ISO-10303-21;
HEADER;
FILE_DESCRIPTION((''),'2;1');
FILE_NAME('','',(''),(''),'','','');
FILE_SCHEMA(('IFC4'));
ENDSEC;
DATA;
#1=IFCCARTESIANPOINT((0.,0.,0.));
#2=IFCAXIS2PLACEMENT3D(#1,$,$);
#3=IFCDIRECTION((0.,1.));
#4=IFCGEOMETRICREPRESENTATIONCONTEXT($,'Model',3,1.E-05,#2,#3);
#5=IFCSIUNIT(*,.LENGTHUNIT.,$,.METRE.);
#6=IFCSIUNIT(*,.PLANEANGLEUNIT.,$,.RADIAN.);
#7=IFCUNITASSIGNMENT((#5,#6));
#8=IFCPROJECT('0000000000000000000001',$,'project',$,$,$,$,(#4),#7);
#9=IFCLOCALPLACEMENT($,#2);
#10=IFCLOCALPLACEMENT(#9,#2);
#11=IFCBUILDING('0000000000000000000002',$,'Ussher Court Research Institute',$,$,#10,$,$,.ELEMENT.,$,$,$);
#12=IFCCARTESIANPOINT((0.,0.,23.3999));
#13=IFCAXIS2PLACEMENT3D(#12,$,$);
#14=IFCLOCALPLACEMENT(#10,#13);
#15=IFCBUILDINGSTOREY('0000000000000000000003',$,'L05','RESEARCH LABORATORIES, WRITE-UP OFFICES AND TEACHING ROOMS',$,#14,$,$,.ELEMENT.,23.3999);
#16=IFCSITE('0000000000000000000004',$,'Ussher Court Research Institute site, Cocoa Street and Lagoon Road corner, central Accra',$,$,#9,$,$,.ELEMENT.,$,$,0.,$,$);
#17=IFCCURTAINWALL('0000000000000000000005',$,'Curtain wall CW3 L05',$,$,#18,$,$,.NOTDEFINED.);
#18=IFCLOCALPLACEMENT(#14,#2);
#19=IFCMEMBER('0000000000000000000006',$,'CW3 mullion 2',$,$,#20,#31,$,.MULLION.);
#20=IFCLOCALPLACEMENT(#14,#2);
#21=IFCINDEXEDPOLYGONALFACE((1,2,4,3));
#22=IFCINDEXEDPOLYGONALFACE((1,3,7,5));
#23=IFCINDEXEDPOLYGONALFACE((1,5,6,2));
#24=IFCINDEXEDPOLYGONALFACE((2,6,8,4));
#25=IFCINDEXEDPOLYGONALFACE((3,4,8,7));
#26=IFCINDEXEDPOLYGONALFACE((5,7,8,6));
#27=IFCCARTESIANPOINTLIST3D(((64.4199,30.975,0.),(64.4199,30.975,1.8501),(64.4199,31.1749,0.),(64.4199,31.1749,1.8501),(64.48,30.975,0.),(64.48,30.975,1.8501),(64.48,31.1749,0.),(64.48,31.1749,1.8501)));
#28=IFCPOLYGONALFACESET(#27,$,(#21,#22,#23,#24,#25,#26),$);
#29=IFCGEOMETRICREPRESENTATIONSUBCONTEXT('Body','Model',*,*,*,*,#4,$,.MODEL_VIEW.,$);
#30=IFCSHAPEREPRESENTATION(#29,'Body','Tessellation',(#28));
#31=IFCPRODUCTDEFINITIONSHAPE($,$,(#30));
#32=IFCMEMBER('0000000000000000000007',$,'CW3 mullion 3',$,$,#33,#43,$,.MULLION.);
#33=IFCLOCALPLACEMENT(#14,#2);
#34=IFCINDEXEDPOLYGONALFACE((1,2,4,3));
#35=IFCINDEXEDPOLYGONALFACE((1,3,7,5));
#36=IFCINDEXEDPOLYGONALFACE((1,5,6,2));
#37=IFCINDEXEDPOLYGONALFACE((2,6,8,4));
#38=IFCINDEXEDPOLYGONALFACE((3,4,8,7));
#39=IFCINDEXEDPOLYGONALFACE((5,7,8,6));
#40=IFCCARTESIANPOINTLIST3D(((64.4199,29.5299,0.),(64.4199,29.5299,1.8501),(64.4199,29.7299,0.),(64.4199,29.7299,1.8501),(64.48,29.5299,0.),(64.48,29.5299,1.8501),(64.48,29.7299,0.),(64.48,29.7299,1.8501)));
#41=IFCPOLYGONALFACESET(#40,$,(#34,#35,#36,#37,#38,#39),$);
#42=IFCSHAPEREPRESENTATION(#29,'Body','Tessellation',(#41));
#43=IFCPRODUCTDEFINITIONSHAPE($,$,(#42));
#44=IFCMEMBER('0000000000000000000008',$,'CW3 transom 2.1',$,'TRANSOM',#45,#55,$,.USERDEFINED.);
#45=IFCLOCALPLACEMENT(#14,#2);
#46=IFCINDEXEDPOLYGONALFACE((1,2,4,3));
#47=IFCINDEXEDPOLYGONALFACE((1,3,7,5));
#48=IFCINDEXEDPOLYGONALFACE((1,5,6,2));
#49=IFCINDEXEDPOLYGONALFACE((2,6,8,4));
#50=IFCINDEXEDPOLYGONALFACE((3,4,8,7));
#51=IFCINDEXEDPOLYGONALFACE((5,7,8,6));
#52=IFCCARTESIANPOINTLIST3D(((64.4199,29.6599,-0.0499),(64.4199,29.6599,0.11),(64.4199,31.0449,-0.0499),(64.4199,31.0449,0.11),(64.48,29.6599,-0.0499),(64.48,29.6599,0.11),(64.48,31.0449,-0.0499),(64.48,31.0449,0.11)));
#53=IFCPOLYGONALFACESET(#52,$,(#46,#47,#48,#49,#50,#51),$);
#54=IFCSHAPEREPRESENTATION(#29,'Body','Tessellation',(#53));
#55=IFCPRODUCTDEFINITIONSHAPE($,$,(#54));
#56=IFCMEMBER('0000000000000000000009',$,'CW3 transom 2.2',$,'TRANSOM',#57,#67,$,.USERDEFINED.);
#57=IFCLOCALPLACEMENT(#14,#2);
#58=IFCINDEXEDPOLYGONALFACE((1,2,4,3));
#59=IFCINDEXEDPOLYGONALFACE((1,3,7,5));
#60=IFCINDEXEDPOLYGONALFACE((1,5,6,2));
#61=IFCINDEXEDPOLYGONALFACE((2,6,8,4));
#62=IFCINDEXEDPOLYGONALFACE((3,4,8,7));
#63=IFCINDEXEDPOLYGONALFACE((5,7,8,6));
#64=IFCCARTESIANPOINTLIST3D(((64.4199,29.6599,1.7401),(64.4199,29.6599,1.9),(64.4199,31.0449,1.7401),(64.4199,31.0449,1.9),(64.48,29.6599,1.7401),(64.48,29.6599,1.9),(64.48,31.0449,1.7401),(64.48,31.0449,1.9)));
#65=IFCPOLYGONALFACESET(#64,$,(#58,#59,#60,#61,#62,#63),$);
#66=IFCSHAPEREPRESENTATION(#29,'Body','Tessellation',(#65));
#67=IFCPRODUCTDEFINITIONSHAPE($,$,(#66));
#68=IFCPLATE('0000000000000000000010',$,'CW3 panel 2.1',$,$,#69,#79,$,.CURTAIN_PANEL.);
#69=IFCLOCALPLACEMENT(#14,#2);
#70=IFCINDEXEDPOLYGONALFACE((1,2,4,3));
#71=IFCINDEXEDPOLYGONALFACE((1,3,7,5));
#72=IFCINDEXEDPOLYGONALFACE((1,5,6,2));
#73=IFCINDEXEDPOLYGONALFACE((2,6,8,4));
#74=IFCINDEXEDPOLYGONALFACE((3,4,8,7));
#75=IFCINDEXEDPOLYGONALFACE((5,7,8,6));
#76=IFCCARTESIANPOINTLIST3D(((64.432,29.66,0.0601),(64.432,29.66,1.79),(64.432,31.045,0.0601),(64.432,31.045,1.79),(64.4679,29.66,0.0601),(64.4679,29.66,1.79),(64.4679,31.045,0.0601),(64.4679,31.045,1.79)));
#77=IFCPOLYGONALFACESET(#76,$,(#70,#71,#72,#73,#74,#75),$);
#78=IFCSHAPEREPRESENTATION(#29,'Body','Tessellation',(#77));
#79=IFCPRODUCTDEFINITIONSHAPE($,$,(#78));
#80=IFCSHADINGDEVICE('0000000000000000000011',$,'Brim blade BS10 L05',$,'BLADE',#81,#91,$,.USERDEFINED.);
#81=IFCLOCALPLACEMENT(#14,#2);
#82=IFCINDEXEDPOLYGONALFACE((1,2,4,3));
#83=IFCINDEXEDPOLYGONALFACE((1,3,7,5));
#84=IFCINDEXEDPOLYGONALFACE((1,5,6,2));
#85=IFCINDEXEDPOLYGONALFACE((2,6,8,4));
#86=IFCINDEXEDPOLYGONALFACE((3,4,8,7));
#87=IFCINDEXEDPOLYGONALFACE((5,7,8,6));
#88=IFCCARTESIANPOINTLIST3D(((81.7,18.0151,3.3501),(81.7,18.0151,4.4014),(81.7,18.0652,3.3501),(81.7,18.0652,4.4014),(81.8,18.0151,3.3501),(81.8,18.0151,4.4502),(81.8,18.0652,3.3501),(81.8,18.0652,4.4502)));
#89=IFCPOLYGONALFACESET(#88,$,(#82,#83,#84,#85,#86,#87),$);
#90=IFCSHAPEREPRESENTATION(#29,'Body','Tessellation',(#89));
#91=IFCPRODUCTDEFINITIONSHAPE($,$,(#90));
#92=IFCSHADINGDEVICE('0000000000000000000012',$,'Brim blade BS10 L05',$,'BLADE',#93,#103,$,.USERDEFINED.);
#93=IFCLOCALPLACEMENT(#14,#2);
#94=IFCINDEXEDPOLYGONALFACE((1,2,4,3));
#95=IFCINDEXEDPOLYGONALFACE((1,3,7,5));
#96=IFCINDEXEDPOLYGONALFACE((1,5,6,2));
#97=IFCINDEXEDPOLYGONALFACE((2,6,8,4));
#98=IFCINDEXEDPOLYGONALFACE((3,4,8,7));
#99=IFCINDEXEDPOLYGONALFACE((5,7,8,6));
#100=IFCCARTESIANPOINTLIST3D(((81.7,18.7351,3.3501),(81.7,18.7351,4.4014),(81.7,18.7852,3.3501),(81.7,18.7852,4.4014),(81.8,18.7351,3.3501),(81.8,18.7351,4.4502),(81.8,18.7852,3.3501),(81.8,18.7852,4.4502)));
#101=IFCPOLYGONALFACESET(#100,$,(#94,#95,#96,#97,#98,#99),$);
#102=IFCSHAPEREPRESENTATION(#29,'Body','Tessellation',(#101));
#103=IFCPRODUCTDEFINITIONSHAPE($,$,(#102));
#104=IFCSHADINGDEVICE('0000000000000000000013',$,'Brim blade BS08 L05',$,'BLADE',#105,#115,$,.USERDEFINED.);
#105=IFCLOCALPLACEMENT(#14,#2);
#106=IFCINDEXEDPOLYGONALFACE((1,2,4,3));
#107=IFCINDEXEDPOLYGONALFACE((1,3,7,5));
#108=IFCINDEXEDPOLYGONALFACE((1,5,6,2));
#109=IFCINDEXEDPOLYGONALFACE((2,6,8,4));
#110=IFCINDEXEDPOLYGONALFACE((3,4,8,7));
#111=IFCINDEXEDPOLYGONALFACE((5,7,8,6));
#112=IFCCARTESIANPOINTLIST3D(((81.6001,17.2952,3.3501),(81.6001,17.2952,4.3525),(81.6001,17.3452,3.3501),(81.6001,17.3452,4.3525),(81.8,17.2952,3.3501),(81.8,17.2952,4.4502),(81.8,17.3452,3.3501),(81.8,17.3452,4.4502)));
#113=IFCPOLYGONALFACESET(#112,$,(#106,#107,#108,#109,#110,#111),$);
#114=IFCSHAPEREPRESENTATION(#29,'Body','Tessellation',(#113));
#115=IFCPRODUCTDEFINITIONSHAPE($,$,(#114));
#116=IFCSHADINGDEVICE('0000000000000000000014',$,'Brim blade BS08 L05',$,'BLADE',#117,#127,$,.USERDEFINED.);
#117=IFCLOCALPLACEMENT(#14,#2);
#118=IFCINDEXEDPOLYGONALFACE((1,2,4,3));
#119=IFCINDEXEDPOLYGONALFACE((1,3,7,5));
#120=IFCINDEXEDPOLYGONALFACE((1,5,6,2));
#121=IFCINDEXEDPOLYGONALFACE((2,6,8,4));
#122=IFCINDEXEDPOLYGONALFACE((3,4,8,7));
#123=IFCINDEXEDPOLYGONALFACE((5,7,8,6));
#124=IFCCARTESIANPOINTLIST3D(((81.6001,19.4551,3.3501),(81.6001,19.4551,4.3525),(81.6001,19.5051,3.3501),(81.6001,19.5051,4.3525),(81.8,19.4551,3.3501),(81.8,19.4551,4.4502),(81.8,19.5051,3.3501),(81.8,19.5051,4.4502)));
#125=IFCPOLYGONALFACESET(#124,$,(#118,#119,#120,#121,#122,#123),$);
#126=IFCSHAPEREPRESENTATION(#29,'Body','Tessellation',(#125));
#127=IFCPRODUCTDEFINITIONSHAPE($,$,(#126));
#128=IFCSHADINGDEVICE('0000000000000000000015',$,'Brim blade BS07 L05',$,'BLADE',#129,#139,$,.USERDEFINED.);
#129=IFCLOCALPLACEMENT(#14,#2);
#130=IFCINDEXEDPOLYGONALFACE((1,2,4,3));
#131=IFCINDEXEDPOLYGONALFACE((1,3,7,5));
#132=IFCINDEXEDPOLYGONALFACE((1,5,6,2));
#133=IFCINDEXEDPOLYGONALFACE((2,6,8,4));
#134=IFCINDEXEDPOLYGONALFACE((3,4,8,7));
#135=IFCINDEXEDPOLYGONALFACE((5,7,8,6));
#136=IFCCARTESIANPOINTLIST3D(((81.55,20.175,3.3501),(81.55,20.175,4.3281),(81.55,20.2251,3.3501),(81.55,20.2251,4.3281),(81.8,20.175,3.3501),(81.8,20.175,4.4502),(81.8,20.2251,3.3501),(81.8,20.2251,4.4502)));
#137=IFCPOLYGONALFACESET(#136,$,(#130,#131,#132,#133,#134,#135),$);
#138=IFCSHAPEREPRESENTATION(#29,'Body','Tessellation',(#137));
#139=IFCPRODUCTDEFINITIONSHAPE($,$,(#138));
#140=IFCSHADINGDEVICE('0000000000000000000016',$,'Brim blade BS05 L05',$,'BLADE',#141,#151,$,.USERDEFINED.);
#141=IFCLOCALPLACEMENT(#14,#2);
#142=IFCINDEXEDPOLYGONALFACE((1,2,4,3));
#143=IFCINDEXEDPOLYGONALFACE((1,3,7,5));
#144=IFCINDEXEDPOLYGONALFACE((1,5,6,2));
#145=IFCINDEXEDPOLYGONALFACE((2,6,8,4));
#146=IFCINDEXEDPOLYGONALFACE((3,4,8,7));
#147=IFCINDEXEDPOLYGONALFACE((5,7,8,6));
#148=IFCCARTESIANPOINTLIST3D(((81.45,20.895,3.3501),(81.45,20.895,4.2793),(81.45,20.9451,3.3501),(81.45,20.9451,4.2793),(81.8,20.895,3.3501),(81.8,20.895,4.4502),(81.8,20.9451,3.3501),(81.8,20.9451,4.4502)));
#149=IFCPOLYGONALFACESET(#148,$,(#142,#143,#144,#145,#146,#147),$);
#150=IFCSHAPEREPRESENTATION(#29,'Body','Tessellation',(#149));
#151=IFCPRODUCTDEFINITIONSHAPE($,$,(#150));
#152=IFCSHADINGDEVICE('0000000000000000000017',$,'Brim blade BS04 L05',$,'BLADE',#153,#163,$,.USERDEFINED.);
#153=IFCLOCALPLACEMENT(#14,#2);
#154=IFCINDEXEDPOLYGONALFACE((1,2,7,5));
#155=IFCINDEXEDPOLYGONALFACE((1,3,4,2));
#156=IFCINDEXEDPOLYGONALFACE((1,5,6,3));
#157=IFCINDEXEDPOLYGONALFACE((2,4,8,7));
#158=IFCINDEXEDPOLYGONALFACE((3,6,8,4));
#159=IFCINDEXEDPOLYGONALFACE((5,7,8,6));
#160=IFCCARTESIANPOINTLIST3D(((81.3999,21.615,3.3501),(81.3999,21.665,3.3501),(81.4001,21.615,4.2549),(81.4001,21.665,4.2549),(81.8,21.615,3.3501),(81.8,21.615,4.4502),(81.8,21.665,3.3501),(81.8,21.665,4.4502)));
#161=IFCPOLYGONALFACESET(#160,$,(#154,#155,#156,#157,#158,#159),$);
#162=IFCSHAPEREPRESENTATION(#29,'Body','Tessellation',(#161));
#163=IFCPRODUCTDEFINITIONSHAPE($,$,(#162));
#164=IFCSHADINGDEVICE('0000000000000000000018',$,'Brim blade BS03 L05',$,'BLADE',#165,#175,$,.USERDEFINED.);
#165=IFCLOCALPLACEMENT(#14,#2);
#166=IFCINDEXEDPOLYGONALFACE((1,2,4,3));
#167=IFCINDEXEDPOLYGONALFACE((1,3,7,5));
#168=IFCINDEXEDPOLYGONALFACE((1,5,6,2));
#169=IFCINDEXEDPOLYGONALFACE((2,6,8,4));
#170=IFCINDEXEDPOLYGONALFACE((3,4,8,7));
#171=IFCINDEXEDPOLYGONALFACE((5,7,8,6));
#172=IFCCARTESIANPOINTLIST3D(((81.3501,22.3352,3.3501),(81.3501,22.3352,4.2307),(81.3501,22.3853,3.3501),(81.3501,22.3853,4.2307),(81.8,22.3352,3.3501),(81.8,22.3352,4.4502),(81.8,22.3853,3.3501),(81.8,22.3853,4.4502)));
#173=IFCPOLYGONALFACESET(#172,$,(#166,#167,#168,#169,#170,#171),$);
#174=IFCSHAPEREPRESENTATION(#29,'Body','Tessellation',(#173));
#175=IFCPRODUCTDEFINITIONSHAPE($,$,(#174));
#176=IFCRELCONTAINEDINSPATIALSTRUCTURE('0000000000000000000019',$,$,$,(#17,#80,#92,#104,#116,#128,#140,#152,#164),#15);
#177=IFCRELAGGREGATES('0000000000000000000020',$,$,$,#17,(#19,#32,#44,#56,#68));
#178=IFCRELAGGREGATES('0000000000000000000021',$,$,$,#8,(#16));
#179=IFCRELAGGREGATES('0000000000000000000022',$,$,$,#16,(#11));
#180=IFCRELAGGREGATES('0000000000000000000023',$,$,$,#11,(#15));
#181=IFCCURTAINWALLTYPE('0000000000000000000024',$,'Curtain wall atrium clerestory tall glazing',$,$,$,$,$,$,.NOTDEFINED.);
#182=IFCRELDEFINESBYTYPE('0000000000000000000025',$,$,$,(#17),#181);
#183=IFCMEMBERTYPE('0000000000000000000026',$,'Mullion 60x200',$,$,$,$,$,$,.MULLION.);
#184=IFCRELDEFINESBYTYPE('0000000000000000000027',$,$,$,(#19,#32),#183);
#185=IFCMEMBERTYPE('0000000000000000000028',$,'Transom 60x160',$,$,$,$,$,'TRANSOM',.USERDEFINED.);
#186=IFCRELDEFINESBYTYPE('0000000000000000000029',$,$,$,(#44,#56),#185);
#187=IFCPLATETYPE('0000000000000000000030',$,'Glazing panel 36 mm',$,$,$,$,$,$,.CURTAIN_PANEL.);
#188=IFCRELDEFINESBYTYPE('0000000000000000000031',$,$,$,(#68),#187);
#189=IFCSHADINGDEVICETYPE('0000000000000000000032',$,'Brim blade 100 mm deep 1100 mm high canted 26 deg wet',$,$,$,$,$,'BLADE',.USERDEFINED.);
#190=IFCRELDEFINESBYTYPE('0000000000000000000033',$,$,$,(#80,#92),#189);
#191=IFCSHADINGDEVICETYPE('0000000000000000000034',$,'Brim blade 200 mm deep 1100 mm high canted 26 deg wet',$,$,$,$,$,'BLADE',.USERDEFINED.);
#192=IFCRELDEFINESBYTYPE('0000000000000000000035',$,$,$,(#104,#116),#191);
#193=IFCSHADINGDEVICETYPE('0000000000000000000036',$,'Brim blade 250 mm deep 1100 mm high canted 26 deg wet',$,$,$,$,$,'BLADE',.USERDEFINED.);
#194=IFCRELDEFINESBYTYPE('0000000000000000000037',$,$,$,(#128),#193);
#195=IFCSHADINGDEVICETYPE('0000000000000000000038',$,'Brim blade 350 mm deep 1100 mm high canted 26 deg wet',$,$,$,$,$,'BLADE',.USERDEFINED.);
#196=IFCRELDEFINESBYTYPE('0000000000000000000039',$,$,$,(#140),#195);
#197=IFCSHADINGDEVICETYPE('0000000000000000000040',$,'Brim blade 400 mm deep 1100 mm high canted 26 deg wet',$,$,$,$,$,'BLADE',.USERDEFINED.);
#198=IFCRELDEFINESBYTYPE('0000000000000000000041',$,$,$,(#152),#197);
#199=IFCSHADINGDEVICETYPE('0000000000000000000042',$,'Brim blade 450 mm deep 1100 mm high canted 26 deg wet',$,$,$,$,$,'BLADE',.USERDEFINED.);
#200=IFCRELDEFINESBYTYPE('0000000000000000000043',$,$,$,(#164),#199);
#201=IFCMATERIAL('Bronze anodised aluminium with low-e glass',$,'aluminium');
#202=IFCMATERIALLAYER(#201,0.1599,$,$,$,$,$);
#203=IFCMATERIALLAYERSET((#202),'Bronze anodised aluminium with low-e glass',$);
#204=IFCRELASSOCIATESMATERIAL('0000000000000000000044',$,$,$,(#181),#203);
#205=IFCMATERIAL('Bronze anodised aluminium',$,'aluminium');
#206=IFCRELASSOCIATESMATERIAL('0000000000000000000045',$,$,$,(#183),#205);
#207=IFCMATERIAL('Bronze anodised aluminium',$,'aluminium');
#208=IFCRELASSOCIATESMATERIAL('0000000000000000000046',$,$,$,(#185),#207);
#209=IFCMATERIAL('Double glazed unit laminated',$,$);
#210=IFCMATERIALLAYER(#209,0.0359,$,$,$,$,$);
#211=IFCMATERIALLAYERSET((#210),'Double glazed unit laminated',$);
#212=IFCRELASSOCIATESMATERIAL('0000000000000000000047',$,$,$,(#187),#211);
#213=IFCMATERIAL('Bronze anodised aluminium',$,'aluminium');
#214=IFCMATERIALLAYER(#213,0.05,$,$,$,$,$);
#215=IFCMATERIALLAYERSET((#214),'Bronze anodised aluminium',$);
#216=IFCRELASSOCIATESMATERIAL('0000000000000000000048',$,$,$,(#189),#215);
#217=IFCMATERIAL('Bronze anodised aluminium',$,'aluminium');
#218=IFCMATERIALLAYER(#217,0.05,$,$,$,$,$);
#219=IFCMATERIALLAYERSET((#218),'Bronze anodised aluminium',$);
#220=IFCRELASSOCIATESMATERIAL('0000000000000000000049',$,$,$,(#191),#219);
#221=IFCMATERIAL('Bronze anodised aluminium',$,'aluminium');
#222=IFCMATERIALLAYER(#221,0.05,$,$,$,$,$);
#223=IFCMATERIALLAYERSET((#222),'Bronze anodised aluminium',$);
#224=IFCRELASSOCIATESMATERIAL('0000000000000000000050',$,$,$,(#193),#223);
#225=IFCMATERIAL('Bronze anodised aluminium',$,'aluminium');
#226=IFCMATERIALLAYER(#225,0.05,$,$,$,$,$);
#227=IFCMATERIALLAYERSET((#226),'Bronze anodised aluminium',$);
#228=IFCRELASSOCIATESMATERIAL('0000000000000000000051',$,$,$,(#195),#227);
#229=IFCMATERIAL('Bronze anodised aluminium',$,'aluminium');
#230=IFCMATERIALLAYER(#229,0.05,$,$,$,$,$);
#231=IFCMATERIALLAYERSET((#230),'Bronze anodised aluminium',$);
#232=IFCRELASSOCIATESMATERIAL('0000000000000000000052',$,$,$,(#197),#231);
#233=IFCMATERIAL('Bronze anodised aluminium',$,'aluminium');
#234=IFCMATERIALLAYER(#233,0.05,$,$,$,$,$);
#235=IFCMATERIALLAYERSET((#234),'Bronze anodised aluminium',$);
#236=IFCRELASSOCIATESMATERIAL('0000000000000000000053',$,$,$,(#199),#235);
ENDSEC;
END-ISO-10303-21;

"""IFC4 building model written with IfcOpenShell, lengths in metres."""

from ifc_helpers import new_model, si_unit, direction, frame, origin, origin_2d, place, context, subcontext, project, spatial, polyline, rectangle, outline, extrude, material, layer, layer_set, material_profile, profile_set, type_object, element, aggregate, save


model = new_model("IFC4")

# Units and contexts
model_context = context("Model", 3, precision=1e-05, world=origin(), true_north=direction((0.0, 1.0)))
body_context = subcontext(model_context, "Body", "Model", "MODEL_VIEW")
ifc_project = project(units=[si_unit("LENGTHUNIT", "METRE"), si_unit("PLANEANGLEUNIT", "RADIAN")], contexts=[model_context])

# Site, building, storey
site_placement = place(None, origin())
site = spatial("IfcSite", under=ifc_project, at=site_placement, Name="Ussher Court Research Institute site, Cocoa Street and Lagoon Road corner, central Accra", CompositionType="ELEMENT", RefElevation=0.0)
building_placement = place(site_placement, origin())
building = spatial("IfcBuilding", under=site, at=building_placement, Name="Ussher Court Research Institute", CompositionType="ELEMENT")
storey_placement = place(building_placement, frame((0.0, 0.0, 23.3999)))
storey = spatial("IfcBuildingStorey", under=building, at=storey_placement, Name="L05", Description="RESEARCH LABORATORIES, WRITE-UP OFFICES AND TEACHING ROOMS", CompositionType="ELEMENT", Elevation=23.3999)

# Curtain wall, members, plate
ifc_material_1 = material(Name="Bronze anodised aluminium with low-e glass", Category="aluminium")
ifc_layer_1 = layer(ifc_material_1, 0.1599)
ifc_layer_set_1 = layer_set([ifc_layer_1], Name="Bronze anodised aluminium with low-e glass")
curtain_wall_type = type_object("IfcCurtainWallType", Name="Curtain wall atrium clerestory tall glazing", PredefinedType="NOTDEFINED", material=ifc_layer_set_1)
curtain_wall_placement = place(storey_placement, origin())
curtain_wall = element("IfcCurtainWall", 1, at=curtain_wall_placement, inside=storey, type_object=curtain_wall_type, Name="Curtain wall CW3 L05", PredefinedType="NOTDEFINED")
ifc_material_2 = material(Name="Bronze anodised aluminium", Category="aluminium")
ifc_material_profile_1 = material_profile(ifc_material_2, rectangle(XDim=0.0601, YDim=0.2, at=origin_2d()), Name="Mullion 60x200")
ifc_profile_set_1 = profile_set([ifc_material_profile_1], Name="Bronze anodised aluminium")
member_type_1 = type_object("IfcMemberType", Name="Mullion 60x200", PredefinedType="MULLION", material=ifc_profile_set_1)
member_1_placement = place(storey_placement, frame((64.45, 31.075, 0.0), z_axis=(0.0, 0.0, 1.0), x_axis=(1.0, 0.0, 0.0)))
member_1 = element("IfcMember", 2, at=member_1_placement, type_object=member_type_1, Name="CW3 mullion 2", PredefinedType="MULLION", context=body_context, shape_type="SweptSolid", body=[
    extrude(rectangle(XDim=0.0601, YDim=0.2, at=origin_2d()), origin(), (0.0, 0.0, 1.0), 1.8501),
])
member_2_placement = place(storey_placement, frame((64.45, 29.6299, 0.0), z_axis=(0.0, 0.0, 1.0), x_axis=(1.0, 0.0, 0.0)))
member_2 = element("IfcMember", 3, at=member_2_placement, type_object=member_type_1, Name="CW3 mullion 3", PredefinedType="MULLION", context=body_context, shape_type="SweptSolid", body=[
    extrude(rectangle(XDim=0.0601, YDim=0.2, at=origin_2d()), origin(), (0.0, 0.0, 1.0), 1.8501),
])
ifc_material_3 = material(Name="Bronze anodised aluminium", Category="aluminium")
ifc_material_profile_2 = material_profile(ifc_material_3, rectangle(XDim=0.0601, YDim=0.1599, at=origin_2d()), Name="Transom 60x160")
ifc_profile_set_2 = profile_set([ifc_material_profile_2], Name="Bronze anodised aluminium")
member_type_2 = type_object("IfcMemberType", Name="Transom 60x160", ElementType="TRANSOM", PredefinedType="USERDEFINED", material=ifc_profile_set_2)
member_3_placement = place(storey_placement, frame((64.45, 31.0449, 0.03), z_axis=(0.0, -1.0, 0.0), x_axis=(1.0, 0.0, 0.0)))
member_3 = element("IfcMember", 4, at=member_3_placement, type_object=member_type_2, Name="CW3 transom 2.1", ObjectType="TRANSOM", PredefinedType="USERDEFINED", context=body_context, shape_type="SweptSolid", body=[
    extrude(rectangle(XDim=0.0601, YDim=0.1599, at=origin_2d()), origin(), (0.0, 0.0, 1.0), 1.385),
])
member_4_placement = place(storey_placement, frame((64.45, 31.0449, 1.8201), z_axis=(0.0, -1.0, 0.0), x_axis=(1.0, 0.0, 0.0)))
member_4 = element("IfcMember", 5, at=member_4_placement, type_object=member_type_2, Name="CW3 transom 2.2", ObjectType="TRANSOM", PredefinedType="USERDEFINED", context=body_context, shape_type="SweptSolid", body=[
    extrude(rectangle(XDim=0.0601, YDim=0.1599, at=origin_2d()), origin(), (0.0, 0.0, 1.0), 1.385),
])
ifc_material_4 = material(Name="Double glazed unit laminated")
ifc_layer_2 = layer(ifc_material_4, 0.0359)
ifc_layer_set_2 = layer_set([ifc_layer_2], Name="Double glazed unit laminated")
plate_type = type_object("IfcPlateType", Name="Glazing panel 36 mm", PredefinedType="CURTAIN_PANEL", material=ifc_layer_set_2)
plate_placement = place(storey_placement, frame((64.45, 30.3525, 0.0601), z_axis=(0.0, 0.0, 1.0), x_axis=(0.0, -1.0, 0.0)))
plate = element("IfcPlate", 6, at=plate_placement, type_object=plate_type, Name="CW3 panel 2.1", PredefinedType="CURTAIN_PANEL", context=body_context, shape_type="SweptSolid", body=[
    extrude(rectangle(XDim=1.385, YDim=0.0359, at=origin_2d()), origin(), (0.0, 0.0, 1.0), 1.73),
])
aggregate(curtain_wall, [member_1, member_2, member_3, member_4, plate])

# Shading devices
ifc_material_5 = material(Name="Bronze anodised aluminium", Category="aluminium")
ifc_layer_3 = layer(ifc_material_5, 0.05)
ifc_layer_set_3 = layer_set([ifc_layer_3], Name="Bronze anodised aluminium")
shading_device_type_1 = type_object("IfcShadingDeviceType", Name="Brim blade 100 mm deep 1100 mm high canted 26 deg wet", ElementType="BLADE", PredefinedType="USERDEFINED", material=ifc_layer_set_3)
for number, where, z_axis, x_axis, name in (
    (7, (81.8, 18.04, 3.3501), (0.0, 0.0, 1.0), (-1.0, 0.0, 0.0), "Brim blade BS10 L05"),
    (8, (81.8, 18.76, 3.3501), (0.0, 0.0, 1.0), (-1.0, 0.0, 0.0), "Brim blade BS10 L05"),
):
    element("IfcShadingDevice", number, at=place(storey_placement, frame(where, z_axis=z_axis, x_axis=x_axis)), inside=storey, type_object=shading_device_type_1, Name=name, ObjectType="BLADE", PredefinedType="USERDEFINED", context=body_context, shape_type="SweptSolid", body=[
        extrude(outline(polyline([(0.0, 0.0), (0.1001, 0.0), (0.1001, 1.0513), (0.0, 1.1001), (0.0, 0.0)])), frame((0.0, 0.0249, 0.0), z_axis=(0.0, -1.0, 0.0), x_axis=(1.0, 0.0, 0.0)), (0.0, 0.0, 1.0), 0.05),
    ])
ifc_material_6 = material(Name="Bronze anodised aluminium", Category="aluminium")
ifc_layer_4 = layer(ifc_material_6, 0.05)
ifc_layer_set_4 = layer_set([ifc_layer_4], Name="Bronze anodised aluminium")
shading_device_type_2 = type_object("IfcShadingDeviceType", Name="Brim blade 200 mm deep 1100 mm high canted 26 deg wet", ElementType="BLADE", PredefinedType="USERDEFINED", material=ifc_layer_set_4)
for number, where, z_axis, x_axis, name in (
    (9, (81.8, 17.3201, 3.3501), (0.0, 0.0, 1.0), (-1.0, 0.0, 0.0), "Brim blade BS08 L05"),
    (10, (81.8, 19.48, 3.3501), (0.0, 0.0, 1.0), (-1.0, 0.0, 0.0), "Brim blade BS08 L05"),
):
    element("IfcShadingDevice", number, at=place(storey_placement, frame(where, z_axis=z_axis, x_axis=x_axis)), inside=storey, type_object=shading_device_type_2, Name=name, ObjectType="BLADE", PredefinedType="USERDEFINED", context=body_context, shape_type="SweptSolid", body=[
        extrude(outline(polyline([(0.0, 0.0), (0.2, 0.0), (0.2, 1.0024), (0.0, 1.1001), (0.0, 0.0)])), frame((0.0, 0.0249, 0.0), z_axis=(0.0, -1.0, 0.0), x_axis=(1.0, 0.0, 0.0)), (0.0, 0.0, 1.0), 0.05),
    ])
ifc_material_7 = material(Name="Bronze anodised aluminium", Category="aluminium")
ifc_layer_5 = layer(ifc_material_7, 0.05)
ifc_layer_set_5 = layer_set([ifc_layer_5], Name="Bronze anodised aluminium")
shading_device_type_3 = type_object("IfcShadingDeviceType", Name="Brim blade 250 mm deep 1100 mm high canted 26 deg wet", ElementType="BLADE", PredefinedType="USERDEFINED", material=ifc_layer_set_5)
shading_device_1_placement = place(storey_placement, frame((81.8, 20.2, 3.3501), z_axis=(0.0, 0.0, 1.0), x_axis=(-1.0, 0.0, 0.0)))
element("IfcShadingDevice", 11, at=shading_device_1_placement, inside=storey, type_object=shading_device_type_3, Name="Brim blade BS07 L05", ObjectType="BLADE", PredefinedType="USERDEFINED", context=body_context, shape_type="SweptSolid", body=[
    extrude(outline(polyline([(0.0, 0.0), (0.25, 0.0), (0.25, 0.978), (0.0, 1.1001), (0.0, 0.0)])), frame((0.0, 0.0249, 0.0), z_axis=(0.0, -1.0, 0.0), x_axis=(1.0, 0.0, 0.0)), (0.0, 0.0, 1.0), 0.05),
])
ifc_material_8 = material(Name="Bronze anodised aluminium", Category="aluminium")
ifc_layer_6 = layer(ifc_material_8, 0.05)
ifc_layer_set_6 = layer_set([ifc_layer_6], Name="Bronze anodised aluminium")
shading_device_type_4 = type_object("IfcShadingDeviceType", Name="Brim blade 350 mm deep 1100 mm high canted 26 deg wet", ElementType="BLADE", PredefinedType="USERDEFINED", material=ifc_layer_set_6)
shading_device_2_placement = place(storey_placement, frame((81.8, 20.9199, 3.3501), z_axis=(0.0, 0.0, 1.0), x_axis=(-1.0, 0.0, 0.0)))
element("IfcShadingDevice", 12, at=shading_device_2_placement, inside=storey, type_object=shading_device_type_4, Name="Brim blade BS05 L05", ObjectType="BLADE", PredefinedType="USERDEFINED", context=body_context, shape_type="SweptSolid", body=[
    extrude(outline(polyline([(0.0, 0.0), (0.3501, 0.0), (0.3501, 0.9292), (0.0, 1.1001), (0.0, 0.0)])), frame((0.0, 0.0249, 0.0), z_axis=(0.0, -1.0, 0.0), x_axis=(1.0, 0.0, 0.0)), (0.0, 0.0, 1.0), 0.05),
])
ifc_material_9 = material(Name="Bronze anodised aluminium", Category="aluminium")
ifc_layer_7 = layer(ifc_material_9, 0.05)
ifc_layer_set_7 = layer_set([ifc_layer_7], Name="Bronze anodised aluminium")
shading_device_type_5 = type_object("IfcShadingDeviceType", Name="Brim blade 400 mm deep 1100 mm high canted 26 deg wet", ElementType="BLADE", PredefinedType="USERDEFINED", material=ifc_layer_set_7)
shading_device_3_placement = place(storey_placement, frame((81.8, 21.6399, 3.3501), z_axis=(0.0, 0.0, 1.0), x_axis=(-1.0, 0.0, 0.0)))
element("IfcShadingDevice", 13, at=shading_device_3_placement, inside=storey, type_object=shading_device_type_5, Name="Brim blade BS04 L05", ObjectType="BLADE", PredefinedType="USERDEFINED", context=body_context, shape_type="SweptSolid", body=[
    extrude(outline(polyline([(0.0, 0.0), (0.4001, 0.0), (0.3999, 0.9048), (0.0, 1.1001), (0.0, 0.0)])), frame((0.0, 0.0249, 0.0), z_axis=(0.0, -1.0, 0.0), x_axis=(1.0, 0.0, 0.0)), (0.0, 0.0, 1.0), 0.05),
])
ifc_material_10 = material(Name="Bronze anodised aluminium", Category="aluminium")
ifc_layer_8 = layer(ifc_material_10, 0.05)
ifc_layer_set_8 = layer_set([ifc_layer_8], Name="Bronze anodised aluminium")
shading_device_type_6 = type_object("IfcShadingDeviceType", Name="Brim blade 450 mm deep 1100 mm high canted 26 deg wet", ElementType="BLADE", PredefinedType="USERDEFINED", material=ifc_layer_set_8)
shading_device_4_placement = place(storey_placement, frame((81.8, 22.3601, 3.3501), z_axis=(0.0, 0.0, 1.0), x_axis=(-1.0, 0.0, 0.0)))
element("IfcShadingDevice", 14, at=shading_device_4_placement, inside=storey, type_object=shading_device_type_6, Name="Brim blade BS03 L05", ObjectType="BLADE", PredefinedType="USERDEFINED", context=body_context, shape_type="SweptSolid", body=[
    extrude(outline(polyline([(0.0, 0.0), (0.45, 0.0), (0.45, 0.8806), (0.0, 1.1001), (0.0, 0.0)])), frame((0.0, 0.0249, 0.0), z_axis=(0.0, -1.0, 0.0), x_axis=(1.0, 0.0, 0.0)), (0.0, 0.0, 1.0), 0.05),
])

save(model, "model.ifc")
